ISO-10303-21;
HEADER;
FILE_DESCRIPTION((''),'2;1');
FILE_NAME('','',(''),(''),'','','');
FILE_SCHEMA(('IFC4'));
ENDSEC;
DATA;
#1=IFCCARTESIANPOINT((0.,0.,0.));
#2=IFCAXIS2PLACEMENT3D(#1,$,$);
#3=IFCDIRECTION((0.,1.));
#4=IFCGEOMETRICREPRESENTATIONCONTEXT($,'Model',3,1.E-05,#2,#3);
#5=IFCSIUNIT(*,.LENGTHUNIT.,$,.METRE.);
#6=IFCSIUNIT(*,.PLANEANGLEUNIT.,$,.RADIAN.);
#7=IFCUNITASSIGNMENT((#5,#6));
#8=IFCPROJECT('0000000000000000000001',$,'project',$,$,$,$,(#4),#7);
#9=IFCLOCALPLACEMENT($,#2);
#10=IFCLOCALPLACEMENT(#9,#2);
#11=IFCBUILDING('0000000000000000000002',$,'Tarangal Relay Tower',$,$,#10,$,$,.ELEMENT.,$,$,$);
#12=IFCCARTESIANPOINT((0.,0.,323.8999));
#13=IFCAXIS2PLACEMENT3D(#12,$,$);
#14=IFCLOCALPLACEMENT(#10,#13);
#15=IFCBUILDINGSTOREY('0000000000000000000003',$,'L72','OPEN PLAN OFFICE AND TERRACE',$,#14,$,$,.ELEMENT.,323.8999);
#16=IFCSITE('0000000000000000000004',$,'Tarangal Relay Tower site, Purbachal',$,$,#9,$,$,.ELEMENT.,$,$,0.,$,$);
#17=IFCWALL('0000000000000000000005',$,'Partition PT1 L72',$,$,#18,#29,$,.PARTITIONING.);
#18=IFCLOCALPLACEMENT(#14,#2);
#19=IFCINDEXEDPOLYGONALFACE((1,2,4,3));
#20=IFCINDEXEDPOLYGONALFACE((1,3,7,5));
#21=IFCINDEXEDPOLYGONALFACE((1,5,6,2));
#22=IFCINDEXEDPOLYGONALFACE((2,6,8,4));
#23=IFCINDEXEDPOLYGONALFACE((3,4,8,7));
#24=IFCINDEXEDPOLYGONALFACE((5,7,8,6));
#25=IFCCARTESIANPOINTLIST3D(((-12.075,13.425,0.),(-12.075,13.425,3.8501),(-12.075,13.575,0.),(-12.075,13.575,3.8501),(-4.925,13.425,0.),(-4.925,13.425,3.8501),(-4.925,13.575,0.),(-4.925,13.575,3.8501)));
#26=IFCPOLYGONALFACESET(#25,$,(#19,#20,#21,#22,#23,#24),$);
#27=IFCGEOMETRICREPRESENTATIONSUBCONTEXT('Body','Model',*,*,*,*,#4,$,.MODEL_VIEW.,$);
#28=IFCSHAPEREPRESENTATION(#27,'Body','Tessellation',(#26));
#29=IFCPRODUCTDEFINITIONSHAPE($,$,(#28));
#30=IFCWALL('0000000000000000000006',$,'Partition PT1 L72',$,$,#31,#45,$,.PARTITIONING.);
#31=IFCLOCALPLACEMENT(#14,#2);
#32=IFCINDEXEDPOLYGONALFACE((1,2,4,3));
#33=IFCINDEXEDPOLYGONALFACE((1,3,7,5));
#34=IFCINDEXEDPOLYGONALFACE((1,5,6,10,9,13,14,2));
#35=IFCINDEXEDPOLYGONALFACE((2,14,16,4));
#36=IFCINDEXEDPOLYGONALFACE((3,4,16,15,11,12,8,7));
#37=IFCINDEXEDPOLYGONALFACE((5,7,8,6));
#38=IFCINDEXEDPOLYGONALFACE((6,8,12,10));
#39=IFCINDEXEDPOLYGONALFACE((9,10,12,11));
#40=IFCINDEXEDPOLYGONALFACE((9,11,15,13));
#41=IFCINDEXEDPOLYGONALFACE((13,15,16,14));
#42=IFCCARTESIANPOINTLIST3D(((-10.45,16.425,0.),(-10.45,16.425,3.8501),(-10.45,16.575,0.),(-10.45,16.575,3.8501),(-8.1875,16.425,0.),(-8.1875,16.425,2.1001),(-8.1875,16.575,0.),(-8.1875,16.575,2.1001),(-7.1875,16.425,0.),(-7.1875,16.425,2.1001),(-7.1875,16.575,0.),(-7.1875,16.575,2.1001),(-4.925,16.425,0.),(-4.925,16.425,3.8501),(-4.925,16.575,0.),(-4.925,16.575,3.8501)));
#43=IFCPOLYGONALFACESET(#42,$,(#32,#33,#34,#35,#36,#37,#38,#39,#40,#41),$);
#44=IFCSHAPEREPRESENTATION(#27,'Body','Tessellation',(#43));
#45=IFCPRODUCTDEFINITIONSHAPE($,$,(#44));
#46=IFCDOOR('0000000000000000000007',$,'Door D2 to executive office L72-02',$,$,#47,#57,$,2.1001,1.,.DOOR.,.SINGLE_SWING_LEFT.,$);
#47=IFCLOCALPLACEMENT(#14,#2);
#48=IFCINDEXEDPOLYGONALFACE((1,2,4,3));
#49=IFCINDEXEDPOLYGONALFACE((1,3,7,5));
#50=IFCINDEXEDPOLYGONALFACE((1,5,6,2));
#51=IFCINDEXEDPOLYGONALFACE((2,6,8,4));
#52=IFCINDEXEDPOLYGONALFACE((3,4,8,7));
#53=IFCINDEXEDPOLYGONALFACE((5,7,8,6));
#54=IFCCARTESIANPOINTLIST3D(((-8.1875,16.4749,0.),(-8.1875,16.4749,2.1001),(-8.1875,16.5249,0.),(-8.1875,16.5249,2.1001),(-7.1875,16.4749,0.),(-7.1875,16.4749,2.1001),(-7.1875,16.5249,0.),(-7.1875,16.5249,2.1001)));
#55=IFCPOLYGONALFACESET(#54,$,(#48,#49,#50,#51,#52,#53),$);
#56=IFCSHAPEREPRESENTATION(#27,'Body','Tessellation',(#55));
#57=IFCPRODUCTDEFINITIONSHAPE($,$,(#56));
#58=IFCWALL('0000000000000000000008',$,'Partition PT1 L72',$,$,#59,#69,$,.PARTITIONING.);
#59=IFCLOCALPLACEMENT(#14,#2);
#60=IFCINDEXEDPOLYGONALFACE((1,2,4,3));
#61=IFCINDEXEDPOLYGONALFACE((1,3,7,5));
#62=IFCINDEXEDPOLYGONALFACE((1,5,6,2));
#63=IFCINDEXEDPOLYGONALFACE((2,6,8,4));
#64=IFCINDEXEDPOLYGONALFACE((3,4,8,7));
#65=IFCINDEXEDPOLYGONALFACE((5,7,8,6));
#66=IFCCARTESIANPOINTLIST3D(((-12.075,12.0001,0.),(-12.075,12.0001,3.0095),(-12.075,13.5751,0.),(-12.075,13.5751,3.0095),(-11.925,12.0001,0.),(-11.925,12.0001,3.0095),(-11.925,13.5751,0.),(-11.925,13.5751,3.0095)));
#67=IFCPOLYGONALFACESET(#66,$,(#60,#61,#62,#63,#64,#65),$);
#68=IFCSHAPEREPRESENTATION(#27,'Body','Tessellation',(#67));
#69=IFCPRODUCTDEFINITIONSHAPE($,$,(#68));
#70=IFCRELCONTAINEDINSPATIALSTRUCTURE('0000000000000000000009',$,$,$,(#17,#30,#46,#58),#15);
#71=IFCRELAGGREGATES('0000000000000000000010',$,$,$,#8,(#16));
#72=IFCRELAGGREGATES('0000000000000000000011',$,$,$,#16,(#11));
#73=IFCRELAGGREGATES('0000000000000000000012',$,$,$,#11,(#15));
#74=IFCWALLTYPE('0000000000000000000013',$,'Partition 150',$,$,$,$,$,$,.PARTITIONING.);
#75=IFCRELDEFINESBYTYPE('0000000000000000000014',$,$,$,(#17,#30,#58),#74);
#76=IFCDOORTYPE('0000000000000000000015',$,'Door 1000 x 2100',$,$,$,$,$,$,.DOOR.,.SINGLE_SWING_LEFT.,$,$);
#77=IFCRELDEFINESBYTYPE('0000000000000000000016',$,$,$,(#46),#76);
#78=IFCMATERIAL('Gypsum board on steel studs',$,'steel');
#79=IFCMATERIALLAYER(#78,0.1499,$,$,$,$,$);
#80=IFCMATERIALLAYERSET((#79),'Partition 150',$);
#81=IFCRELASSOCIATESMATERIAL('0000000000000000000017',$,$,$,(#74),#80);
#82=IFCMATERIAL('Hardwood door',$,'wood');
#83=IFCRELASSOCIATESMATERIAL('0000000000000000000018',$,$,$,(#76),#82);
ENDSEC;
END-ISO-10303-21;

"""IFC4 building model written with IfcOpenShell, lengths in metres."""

from ifc_helpers import new_model, si_unit, direction, frame, frame_2d, origin, place, context, subcontext, project, spatial, rectangle, extrude, material, layer, layer_set, type_object, element, fill, save


model = new_model("IFC4")

# Units and contexts
model_context = context("Model", 3, precision=1e-05, world=origin(), true_north=direction((0.0, 1.0)))
body_context = subcontext(model_context, "Body", "Model", "MODEL_VIEW")
ifc_project = project(units=[si_unit("LENGTHUNIT", "METRE"), si_unit("PLANEANGLEUNIT", "RADIAN")], contexts=[model_context])

# Site, building, storey
site_placement = place(None, origin())
site = spatial("IfcSite", under=ifc_project, at=site_placement, Name="Tarangal Relay Tower site, Purbachal", CompositionType="ELEMENT", RefElevation=0.0)
building_placement = place(site_placement, origin())
building = spatial("IfcBuilding", under=site, at=building_placement, Name="Tarangal Relay Tower", CompositionType="ELEMENT")
storey_placement = place(building_placement, frame((0.0, 0.0, 323.8999)))
storey = spatial("IfcBuildingStorey", under=building, at=storey_placement, Name="L72", Description="OPEN PLAN OFFICE AND TERRACE", CompositionType="ELEMENT", Elevation=323.8999)

# Wall
ifc_material_1 = material(Name="Gypsum board on steel studs", Category="steel")
ifc_layer_1 = layer(ifc_material_1, 0.1499)
ifc_layer_set_1 = layer_set([ifc_layer_1], Name="Partition 150")
wall_type_1 = type_object("IfcWallType", Name="Partition 150", PredefinedType="PARTITIONING", material=ifc_layer_set_1)
wall_1_placement = place(storey_placement, frame((-12.075, 13.5, 0.0), z_axis=(0.0, 0.0, 1.0), x_axis=(1.0, 0.0, 0.0)))
element("IfcWall", 1, at=wall_1_placement, inside=storey, type_object=wall_type_1, Name="Partition PT1 L72", PredefinedType="PARTITIONING", context=body_context, shape_type="SweptSolid", body=[
    extrude(rectangle(XDim=7.1499, YDim=0.1499, at=frame_2d((3.575, 0.0))), origin(), (0.0, 0.0, 1.0), 3.8501),
])

# Wall, opening, door
wall_2_placement = place(storey_placement, frame((-10.45, 16.5, 0.0), z_axis=(0.0, 0.0, 1.0), x_axis=(1.0, 0.0, 0.0)))
wall_2 = element("IfcWall", 2, at=wall_2_placement, inside=storey, type_object=wall_type_1, Name="Partition PT1 L72", PredefinedType="PARTITIONING", context=body_context, shape_type="SweptSolid", body=[
    extrude(rectangle(XDim=5.5249, YDim=0.1499, at=frame_2d((2.7625, 0.0))), origin(), (0.0, 0.0, 1.0), 3.8501),
])
opening_1_placement = place(wall_2_placement, frame((2.2625, 0.0, 0.0)))
opening_1 = element("IfcOpeningElement", 3, at=opening_1_placement, cuts=wall_2, PredefinedType="OPENING", context=body_context, shape_type="SweptSolid", body=[
    extrude(rectangle(XDim=1.0, YDim=2.1001, at=frame_2d((0.5, 1.05))), frame((0.0, 0.085, 0.0), z_axis=(0.0, -1.0, 0.0), x_axis=(1.0, 0.0, 0.0)), (0.0, 0.0, 1.0), 0.1699),
])
ifc_material_2 = material(Name="Hardwood door", Category="wood")
door_type_1 = type_object("IfcDoorType", Name="Door 1000 x 2100", OperationType="SINGLE_SWING_LEFT", PredefinedType="DOOR", material=ifc_material_2)
door_1_placement = place(opening_1_placement, origin())
door_1 = element("IfcDoor", 4, at=door_1_placement, inside=storey, type_object=door_type_1, Name="Door D2 to executive office L72-02", OperationType="SINGLE_SWING_LEFT", OverallHeight=2.1001, OverallWidth=1.0, PredefinedType="DOOR", context=body_context, shape_type="SweptSolid", body=[
    extrude(rectangle(XDim=1.0, YDim=2.1001, at=frame_2d((0.5, 1.05))), frame((0.0, 0.0249, 0.0), z_axis=(0.0, -1.0, 0.0), x_axis=(1.0, 0.0, 0.0)), (0.0, 0.0, 1.0), 0.05),
])
fill(opening_1, door_1)

# Wall
wall_3_placement = place(storey_placement, frame((-12.0, 12.0, 0.0), z_axis=(0.0, 0.0, 1.0), x_axis=(0.0, 1.0, 0.0)))
element("IfcWall", 5, at=wall_3_placement, inside=storey, type_object=wall_type_1, Name="Partition PT1 L72", PredefinedType="PARTITIONING", context=body_context, shape_type="SweptSolid", body=[
    extrude(rectangle(XDim=1.575, YDim=0.1499, at=frame_2d((0.7876, 0.0))), origin(), (0.0, 0.0, 1.0), 3.0095),
])

save(model, "model.ifc")
